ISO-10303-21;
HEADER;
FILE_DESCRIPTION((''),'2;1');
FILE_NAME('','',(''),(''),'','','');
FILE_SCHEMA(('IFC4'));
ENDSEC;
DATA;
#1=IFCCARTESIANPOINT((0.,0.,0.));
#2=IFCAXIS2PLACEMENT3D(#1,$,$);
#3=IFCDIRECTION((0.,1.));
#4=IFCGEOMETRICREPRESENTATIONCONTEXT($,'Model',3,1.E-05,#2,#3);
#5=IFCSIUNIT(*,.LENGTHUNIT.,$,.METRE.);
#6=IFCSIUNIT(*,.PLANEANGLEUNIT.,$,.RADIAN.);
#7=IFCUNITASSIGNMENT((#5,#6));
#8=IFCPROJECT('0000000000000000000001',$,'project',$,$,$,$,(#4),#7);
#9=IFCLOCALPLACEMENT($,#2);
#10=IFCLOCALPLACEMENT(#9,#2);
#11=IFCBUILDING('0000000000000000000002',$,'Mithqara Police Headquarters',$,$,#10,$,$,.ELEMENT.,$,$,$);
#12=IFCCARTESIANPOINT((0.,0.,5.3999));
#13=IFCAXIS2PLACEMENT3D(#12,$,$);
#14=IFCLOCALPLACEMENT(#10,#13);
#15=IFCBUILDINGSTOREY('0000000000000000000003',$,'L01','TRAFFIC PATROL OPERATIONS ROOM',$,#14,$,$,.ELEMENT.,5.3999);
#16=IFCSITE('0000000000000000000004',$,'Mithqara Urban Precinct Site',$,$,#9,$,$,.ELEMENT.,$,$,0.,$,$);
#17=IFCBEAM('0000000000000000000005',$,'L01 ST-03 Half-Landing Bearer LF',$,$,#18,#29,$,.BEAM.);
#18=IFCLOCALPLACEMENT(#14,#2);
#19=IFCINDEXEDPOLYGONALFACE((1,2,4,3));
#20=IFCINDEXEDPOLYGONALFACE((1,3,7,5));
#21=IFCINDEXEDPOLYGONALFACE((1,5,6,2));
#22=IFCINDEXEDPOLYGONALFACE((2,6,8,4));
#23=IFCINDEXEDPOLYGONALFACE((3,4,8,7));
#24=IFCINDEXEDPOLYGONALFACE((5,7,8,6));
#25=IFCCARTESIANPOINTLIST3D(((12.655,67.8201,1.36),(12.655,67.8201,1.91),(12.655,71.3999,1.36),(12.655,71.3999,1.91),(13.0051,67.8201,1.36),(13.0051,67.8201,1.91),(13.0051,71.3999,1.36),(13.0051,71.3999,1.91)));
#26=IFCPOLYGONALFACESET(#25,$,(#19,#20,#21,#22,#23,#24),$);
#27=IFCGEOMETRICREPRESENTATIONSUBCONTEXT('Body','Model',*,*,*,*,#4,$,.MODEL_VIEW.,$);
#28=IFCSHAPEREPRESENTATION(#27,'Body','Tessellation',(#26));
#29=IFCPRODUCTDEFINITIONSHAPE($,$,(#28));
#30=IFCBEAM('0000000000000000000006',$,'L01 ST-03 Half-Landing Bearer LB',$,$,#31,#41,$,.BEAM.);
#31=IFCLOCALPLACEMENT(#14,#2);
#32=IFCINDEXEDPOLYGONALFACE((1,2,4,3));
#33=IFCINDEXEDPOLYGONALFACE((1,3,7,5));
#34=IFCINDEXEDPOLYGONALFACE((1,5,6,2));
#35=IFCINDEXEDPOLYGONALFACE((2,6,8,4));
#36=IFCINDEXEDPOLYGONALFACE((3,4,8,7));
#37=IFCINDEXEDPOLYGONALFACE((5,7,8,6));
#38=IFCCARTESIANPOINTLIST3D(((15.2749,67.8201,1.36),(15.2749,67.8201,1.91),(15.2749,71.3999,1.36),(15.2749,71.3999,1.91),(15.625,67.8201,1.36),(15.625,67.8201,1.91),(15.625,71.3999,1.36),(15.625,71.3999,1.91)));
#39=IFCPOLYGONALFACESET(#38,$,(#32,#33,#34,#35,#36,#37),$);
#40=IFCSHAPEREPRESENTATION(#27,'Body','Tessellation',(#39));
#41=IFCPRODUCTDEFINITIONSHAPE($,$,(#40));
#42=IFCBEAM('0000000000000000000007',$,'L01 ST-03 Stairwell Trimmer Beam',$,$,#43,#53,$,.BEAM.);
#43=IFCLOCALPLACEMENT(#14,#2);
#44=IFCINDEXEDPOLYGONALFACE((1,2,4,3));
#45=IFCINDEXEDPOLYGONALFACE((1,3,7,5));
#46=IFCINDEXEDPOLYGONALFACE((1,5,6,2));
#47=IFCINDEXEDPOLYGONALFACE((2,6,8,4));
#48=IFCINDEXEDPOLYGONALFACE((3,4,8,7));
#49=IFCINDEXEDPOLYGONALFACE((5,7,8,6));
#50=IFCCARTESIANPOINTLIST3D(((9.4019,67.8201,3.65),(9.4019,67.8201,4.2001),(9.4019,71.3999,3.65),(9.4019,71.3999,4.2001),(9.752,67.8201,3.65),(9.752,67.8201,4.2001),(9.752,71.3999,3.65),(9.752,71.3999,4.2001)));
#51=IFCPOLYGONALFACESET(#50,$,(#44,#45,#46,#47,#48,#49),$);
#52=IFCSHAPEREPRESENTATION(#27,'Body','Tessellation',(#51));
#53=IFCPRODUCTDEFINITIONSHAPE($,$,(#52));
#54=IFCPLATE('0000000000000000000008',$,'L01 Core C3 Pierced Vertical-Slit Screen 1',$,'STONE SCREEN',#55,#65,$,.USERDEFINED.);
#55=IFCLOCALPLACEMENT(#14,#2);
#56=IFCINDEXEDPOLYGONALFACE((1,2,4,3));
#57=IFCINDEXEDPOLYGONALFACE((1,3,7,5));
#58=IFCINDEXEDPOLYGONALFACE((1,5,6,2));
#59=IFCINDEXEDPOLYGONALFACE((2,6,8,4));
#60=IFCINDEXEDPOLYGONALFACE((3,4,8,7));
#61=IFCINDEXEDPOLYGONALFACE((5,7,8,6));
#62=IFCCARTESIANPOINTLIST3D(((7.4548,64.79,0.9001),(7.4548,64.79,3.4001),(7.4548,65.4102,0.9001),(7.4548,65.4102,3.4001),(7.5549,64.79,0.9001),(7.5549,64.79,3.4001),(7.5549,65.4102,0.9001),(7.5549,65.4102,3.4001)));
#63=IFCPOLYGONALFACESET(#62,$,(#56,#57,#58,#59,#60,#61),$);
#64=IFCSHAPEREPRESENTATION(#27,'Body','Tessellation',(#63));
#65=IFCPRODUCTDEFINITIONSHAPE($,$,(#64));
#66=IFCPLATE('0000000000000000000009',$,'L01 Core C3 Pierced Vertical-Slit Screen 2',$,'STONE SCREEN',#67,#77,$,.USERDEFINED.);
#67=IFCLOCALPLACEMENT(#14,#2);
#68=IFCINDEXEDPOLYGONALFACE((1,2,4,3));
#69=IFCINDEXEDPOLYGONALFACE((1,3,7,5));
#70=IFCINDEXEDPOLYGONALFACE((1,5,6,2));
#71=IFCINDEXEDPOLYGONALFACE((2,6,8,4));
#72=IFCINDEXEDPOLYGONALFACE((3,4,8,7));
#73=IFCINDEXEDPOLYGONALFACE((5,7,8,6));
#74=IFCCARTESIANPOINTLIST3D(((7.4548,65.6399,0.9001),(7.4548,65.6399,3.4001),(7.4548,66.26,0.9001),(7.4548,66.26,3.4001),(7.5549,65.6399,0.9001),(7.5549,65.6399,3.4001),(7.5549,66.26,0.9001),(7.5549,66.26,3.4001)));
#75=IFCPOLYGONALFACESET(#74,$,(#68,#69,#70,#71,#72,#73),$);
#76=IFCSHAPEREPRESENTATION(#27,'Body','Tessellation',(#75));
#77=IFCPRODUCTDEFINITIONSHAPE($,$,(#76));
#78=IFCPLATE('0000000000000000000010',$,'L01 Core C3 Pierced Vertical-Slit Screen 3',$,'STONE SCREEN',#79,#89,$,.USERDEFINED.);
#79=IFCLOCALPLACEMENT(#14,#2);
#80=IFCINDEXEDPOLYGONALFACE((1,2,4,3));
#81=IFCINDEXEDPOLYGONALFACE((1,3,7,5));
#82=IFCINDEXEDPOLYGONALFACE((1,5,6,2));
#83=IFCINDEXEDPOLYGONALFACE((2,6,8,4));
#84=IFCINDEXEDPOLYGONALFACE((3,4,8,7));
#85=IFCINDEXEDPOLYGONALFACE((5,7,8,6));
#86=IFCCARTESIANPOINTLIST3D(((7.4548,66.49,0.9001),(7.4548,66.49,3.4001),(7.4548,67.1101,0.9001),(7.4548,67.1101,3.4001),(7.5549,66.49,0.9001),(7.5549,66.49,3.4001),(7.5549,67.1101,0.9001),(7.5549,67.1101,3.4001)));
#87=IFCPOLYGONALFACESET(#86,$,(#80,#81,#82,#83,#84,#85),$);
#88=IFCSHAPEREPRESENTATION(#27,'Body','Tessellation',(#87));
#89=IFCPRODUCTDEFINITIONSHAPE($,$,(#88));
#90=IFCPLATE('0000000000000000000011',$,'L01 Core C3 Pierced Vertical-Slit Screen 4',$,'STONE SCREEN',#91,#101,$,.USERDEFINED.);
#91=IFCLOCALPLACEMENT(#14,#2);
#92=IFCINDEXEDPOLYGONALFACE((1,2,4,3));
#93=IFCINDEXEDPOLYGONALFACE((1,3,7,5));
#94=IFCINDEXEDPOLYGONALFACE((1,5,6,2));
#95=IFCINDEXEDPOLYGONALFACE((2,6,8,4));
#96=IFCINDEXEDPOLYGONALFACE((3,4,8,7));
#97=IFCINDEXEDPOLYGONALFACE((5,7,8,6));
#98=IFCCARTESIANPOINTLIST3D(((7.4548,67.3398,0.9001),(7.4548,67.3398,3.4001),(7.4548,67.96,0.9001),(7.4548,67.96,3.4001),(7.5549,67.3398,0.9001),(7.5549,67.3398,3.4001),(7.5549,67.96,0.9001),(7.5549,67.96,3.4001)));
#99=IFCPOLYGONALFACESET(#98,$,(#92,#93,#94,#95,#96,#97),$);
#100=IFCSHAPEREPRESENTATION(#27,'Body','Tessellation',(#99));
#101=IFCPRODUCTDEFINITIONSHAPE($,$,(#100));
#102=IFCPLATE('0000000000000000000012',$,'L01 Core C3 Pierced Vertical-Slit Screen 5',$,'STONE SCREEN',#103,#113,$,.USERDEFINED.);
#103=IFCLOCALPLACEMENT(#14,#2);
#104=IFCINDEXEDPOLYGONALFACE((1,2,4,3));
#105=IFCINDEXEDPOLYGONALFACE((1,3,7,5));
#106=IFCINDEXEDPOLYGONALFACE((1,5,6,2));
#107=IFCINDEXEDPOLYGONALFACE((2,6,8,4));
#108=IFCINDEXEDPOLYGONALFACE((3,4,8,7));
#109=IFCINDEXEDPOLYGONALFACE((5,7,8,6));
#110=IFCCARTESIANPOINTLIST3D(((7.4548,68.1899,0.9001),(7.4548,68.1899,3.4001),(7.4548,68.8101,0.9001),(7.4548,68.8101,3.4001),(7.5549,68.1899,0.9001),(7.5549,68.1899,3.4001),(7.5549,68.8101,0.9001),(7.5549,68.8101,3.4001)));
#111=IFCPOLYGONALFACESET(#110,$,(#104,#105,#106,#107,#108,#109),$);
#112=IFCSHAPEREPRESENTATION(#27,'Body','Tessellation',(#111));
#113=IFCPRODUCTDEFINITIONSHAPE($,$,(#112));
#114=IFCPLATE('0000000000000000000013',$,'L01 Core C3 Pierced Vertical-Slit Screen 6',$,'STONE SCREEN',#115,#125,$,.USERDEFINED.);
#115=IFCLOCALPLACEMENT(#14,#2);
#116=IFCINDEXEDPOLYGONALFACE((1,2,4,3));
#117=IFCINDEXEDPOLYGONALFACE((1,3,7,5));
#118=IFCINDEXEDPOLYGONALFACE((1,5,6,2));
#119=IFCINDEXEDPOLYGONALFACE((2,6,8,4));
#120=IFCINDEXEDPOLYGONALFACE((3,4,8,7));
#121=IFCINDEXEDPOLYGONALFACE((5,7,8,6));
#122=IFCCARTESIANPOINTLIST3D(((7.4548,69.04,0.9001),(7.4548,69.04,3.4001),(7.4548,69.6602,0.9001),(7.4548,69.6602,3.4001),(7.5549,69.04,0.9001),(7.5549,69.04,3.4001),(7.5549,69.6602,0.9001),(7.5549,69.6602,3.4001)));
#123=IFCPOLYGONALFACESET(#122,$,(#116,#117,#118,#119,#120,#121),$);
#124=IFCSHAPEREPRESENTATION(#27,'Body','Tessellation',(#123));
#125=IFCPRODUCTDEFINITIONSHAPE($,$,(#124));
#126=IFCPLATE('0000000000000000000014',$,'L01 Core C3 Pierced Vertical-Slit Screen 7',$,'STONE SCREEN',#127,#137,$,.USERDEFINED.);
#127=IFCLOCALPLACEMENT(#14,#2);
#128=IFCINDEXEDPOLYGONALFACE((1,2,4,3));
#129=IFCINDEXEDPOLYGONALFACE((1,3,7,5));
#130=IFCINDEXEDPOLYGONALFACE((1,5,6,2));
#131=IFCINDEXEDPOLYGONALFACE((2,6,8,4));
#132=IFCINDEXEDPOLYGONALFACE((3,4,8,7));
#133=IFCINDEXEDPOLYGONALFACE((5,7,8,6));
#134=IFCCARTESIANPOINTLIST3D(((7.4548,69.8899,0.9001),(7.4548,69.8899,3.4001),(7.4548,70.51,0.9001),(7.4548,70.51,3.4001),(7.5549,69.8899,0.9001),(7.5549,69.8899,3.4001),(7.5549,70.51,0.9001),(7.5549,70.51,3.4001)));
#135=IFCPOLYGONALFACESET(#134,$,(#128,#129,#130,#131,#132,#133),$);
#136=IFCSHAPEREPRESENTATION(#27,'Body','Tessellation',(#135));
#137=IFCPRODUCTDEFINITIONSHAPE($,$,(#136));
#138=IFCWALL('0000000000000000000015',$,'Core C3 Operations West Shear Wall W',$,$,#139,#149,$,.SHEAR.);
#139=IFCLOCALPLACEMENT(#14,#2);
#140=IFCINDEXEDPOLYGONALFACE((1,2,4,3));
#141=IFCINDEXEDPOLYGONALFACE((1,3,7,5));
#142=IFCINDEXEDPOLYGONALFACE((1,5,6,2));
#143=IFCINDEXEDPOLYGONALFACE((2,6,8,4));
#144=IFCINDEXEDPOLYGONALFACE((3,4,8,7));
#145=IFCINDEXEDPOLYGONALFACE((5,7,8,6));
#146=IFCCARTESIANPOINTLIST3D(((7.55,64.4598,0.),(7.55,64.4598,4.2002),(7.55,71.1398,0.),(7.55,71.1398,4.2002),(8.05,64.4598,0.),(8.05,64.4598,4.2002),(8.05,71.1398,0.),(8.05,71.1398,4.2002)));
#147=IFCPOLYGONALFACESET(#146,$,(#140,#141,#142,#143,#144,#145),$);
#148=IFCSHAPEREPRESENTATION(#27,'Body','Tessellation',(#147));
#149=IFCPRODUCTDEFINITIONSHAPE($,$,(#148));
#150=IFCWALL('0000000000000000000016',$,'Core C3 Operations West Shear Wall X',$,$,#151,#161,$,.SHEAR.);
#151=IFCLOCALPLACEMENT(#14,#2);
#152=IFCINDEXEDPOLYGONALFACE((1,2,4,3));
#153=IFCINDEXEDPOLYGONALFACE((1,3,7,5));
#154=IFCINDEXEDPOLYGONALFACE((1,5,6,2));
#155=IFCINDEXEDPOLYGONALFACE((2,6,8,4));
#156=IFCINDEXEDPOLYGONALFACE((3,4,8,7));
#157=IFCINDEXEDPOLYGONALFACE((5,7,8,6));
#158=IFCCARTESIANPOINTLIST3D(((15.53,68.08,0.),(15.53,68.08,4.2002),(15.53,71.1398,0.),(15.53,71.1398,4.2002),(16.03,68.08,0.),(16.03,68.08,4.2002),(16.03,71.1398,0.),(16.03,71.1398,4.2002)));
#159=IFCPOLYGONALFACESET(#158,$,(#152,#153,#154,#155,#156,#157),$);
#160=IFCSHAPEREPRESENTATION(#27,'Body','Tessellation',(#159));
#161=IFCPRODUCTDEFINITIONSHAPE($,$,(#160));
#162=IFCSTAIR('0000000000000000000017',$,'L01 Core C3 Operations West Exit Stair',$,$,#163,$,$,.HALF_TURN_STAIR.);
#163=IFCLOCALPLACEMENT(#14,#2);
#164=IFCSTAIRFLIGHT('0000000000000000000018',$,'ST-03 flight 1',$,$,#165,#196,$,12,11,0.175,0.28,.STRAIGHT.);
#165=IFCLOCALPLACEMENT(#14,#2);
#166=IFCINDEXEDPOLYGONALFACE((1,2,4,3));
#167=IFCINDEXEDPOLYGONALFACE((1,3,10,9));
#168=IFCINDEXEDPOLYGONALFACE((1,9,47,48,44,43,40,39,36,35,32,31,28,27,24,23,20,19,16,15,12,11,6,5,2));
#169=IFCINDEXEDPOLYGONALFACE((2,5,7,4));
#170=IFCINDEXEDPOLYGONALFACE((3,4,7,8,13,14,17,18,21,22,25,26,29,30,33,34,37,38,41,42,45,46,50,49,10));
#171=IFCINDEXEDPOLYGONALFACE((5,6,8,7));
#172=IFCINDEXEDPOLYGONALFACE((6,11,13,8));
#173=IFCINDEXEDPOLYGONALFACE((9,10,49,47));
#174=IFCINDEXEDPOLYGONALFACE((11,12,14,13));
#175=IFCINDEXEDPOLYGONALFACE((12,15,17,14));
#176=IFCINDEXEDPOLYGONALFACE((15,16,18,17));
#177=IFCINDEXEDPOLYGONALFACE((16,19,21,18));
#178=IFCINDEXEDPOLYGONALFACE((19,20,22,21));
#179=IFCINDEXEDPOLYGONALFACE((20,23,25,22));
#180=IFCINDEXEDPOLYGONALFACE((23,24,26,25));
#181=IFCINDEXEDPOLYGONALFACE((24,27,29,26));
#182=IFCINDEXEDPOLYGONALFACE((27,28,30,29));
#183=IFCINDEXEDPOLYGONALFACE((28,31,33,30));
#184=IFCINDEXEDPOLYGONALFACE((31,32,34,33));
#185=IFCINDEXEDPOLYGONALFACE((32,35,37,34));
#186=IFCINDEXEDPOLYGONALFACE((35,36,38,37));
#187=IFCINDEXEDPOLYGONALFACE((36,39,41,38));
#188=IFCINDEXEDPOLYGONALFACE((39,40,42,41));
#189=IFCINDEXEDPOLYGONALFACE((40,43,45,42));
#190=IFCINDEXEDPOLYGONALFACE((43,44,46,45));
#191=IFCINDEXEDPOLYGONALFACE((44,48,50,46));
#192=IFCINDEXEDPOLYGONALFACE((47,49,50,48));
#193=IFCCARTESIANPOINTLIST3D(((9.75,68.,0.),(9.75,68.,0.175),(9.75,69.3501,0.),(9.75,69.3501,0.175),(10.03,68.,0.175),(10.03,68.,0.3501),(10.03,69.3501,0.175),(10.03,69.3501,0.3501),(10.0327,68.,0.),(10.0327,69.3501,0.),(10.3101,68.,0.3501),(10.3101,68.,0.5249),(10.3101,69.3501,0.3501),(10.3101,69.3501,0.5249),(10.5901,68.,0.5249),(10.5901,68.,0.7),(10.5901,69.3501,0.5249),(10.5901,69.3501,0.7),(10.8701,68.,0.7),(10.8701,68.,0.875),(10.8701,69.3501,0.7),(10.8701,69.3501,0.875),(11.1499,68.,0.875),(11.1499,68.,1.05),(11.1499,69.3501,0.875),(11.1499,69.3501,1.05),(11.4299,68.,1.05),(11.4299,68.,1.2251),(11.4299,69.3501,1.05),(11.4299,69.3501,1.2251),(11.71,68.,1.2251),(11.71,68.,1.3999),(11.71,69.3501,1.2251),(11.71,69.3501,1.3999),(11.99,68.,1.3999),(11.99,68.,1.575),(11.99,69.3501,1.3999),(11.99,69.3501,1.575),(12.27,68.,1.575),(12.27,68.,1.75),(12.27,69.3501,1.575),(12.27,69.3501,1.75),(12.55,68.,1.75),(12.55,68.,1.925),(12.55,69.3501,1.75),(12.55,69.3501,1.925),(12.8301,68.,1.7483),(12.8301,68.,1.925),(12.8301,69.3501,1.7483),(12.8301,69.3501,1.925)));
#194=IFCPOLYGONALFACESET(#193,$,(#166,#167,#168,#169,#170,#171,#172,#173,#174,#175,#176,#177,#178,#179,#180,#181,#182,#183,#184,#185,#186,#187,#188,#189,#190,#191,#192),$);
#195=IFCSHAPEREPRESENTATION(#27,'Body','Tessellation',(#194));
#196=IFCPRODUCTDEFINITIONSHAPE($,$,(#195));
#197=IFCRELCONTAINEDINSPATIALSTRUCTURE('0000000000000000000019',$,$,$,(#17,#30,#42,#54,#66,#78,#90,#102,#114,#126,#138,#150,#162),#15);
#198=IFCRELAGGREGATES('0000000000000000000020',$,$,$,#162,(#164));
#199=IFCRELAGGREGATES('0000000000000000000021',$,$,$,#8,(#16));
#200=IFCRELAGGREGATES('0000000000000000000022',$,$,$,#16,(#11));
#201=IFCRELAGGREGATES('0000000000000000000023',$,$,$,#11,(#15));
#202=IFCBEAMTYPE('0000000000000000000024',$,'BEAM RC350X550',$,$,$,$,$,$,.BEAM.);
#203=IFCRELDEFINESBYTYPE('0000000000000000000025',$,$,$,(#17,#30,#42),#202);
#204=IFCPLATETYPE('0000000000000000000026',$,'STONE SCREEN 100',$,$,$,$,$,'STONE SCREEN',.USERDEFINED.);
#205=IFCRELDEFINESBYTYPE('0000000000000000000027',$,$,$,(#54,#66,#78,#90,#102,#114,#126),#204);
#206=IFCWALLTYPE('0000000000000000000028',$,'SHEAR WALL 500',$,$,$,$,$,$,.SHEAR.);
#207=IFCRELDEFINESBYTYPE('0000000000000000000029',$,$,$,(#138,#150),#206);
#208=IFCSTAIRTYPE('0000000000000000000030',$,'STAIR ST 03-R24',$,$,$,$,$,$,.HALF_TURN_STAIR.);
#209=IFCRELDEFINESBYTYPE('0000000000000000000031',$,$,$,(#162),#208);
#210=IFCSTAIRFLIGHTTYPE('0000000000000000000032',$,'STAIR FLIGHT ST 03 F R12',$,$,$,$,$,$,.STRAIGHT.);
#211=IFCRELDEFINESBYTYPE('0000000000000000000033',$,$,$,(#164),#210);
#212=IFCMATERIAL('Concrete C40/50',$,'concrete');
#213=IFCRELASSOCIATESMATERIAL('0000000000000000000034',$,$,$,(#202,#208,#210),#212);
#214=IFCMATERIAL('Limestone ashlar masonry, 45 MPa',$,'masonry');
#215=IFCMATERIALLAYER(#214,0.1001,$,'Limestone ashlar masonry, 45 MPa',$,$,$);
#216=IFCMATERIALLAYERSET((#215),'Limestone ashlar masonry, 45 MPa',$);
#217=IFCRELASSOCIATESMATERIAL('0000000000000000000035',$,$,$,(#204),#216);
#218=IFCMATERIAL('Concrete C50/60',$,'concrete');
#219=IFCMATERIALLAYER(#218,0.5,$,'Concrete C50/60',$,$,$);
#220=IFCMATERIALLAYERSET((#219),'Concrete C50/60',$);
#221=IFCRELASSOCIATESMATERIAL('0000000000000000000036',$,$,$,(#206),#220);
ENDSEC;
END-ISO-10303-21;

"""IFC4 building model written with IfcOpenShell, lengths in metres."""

from ifc_helpers import new_model, si_unit, direction, frame, frame_2d, origin, origin_2d, place, context, subcontext, project, spatial, polyline, rectangle, outline, extrude, material, layer, layer_set, material_profile, profile_set, type_object, element, aggregate, save


model = new_model("IFC4")

# Units and contexts
model_context = context("Model", 3, precision=1e-05, world=origin(), true_north=direction((0.0, 1.0)))
body_context = subcontext(model_context, "Body", "Model", "MODEL_VIEW")
ifc_project = project(units=[si_unit("LENGTHUNIT", "METRE"), si_unit("PLANEANGLEUNIT", "RADIAN")], contexts=[model_context])

# Site, building, storey
site_placement = place(None, origin())
site = spatial("IfcSite", under=ifc_project, at=site_placement, Name="Mithqara Urban Precinct Site", CompositionType="ELEMENT", RefElevation=0.0)
building_placement = place(site_placement, origin())
building = spatial("IfcBuilding", under=site, at=building_placement, Name="Mithqara Police Headquarters", CompositionType="ELEMENT")
storey_placement = place(building_placement, frame((0.0, 0.0, 5.3999)))
storey = spatial("IfcBuildingStorey", under=building, at=storey_placement, Name="L01", Description="TRAFFIC PATROL OPERATIONS ROOM", CompositionType="ELEMENT", Elevation=5.3999)

# Beams
ifc_material_1 = material(Name="Concrete C40/50", Category="concrete")
ifc_material_profile = material_profile(ifc_material_1, rectangle(XDim=0.3501, YDim=0.55, at=origin_2d()), Name="RC 350x550")
ifc_profile_set = profile_set([ifc_material_profile], Name="Concrete C40/50")
beam_type = type_object("IfcBeamType", Name="BEAM RC350X550", PredefinedType="BEAM", material=ifc_profile_set)
for number, where, z_axis, x_axis, name in (
    (1, (12.8301, 67.8201, 1.635), (0.0, 1.0, 0.0), (-1.0, 0.0, 0.0), "L01 ST-03 Half-Landing Bearer LF"),
    (2, (15.45, 67.8201, 1.635), (0.0, 1.0, 0.0), (-1.0, 0.0, 0.0), "L01 ST-03 Half-Landing Bearer LB"),
    (3, (9.5769, 67.8201, 3.925), (0.0, 1.0, 0.0), (-1.0, 0.0, 0.0), "L01 ST-03 Stairwell Trimmer Beam"),
):
    element("IfcBeam", number, at=place(storey_placement, frame(where, z_axis=z_axis, x_axis=x_axis)), inside=storey, type_object=beam_type, Name=name, PredefinedType="BEAM", context=body_context, shape_type="SweptSolid", body=[
        extrude(rectangle(XDim=0.3501, YDim=0.55, at=origin_2d()), origin(), (0.0, 0.0, 1.0), 3.5798),
    ])

# Plates
ifc_material_2 = material(Name="Limestone ashlar masonry, 45 MPa", Category="masonry")
ifc_layer_1 = layer(ifc_material_2, 0.1001, Name="Limestone ashlar masonry, 45 MPa")
ifc_layer_set_1 = layer_set([ifc_layer_1], Name="Limestone ashlar masonry, 45 MPa")
plate_type = type_object("IfcPlateType", Name="STONE SCREEN 100", ElementType="STONE SCREEN", PredefinedType="USERDEFINED", material=ifc_layer_set_1)
for number, where, z_axis, x_axis, name in (
    (4, (7.5049, 65.1001, 0.9001), (0.0, 0.0, 1.0), (0.0, 1.0, 0.0), "L01 Core C3 Pierced Vertical-Slit Screen 1"),
    (5, (7.5049, 65.95, 0.9001), (0.0, 0.0, 1.0), (0.0, 1.0, 0.0), "L01 Core C3 Pierced Vertical-Slit Screen 2"),
    (6, (7.5049, 66.8, 0.9001), (0.0, 0.0, 1.0), (0.0, 1.0, 0.0), "L01 Core C3 Pierced Vertical-Slit Screen 3"),
    (7, (7.5049, 67.6499, 0.9001), (0.0, 0.0, 1.0), (0.0, 1.0, 0.0), "L01 Core C3 Pierced Vertical-Slit Screen 4"),
    (8, (7.5049, 68.5, 0.9001), (0.0, 0.0, 1.0), (0.0, 1.0, 0.0), "L01 Core C3 Pierced Vertical-Slit Screen 5"),
    (9, (7.5049, 69.3501, 0.9001), (0.0, 0.0, 1.0), (0.0, 1.0, 0.0), "L01 Core C3 Pierced Vertical-Slit Screen 6"),
    (10, (7.5049, 70.2, 0.9001), (0.0, 0.0, 1.0), (0.0, 1.0, 0.0), "L01 Core C3 Pierced Vertical-Slit Screen 7"),
):
    element("IfcPlate", number, at=place(storey_placement, frame(where, z_axis=z_axis, x_axis=x_axis)), inside=storey, type_object=plate_type, Name=name, ObjectType="STONE SCREEN", PredefinedType="USERDEFINED", context=body_context, shape_type="SweptSolid", body=[
        extrude(rectangle(XDim=0.6201, YDim=0.1001, at=origin_2d()), origin(), (0.0, 0.0, 1.0), 2.5),
    ])

# Wall
ifc_material_3 = material(Name="Concrete C50/60", Category="concrete")
ifc_layer_2 = layer(ifc_material_3, 0.5, Name="Concrete C50/60")
ifc_layer_set_2 = layer_set([ifc_layer_2], Name="Concrete C50/60")
wall_type = type_object("IfcWallType", Name="SHEAR WALL 500", PredefinedType="SHEAR", material=ifc_layer_set_2)
wall_1_placement = place(storey_placement, frame((7.8, 64.46, 0.0), z_axis=(0.0, 0.0, 1.0), x_axis=(0.0, 1.0, 0.0)))
element("IfcWall", 11, at=wall_1_placement, inside=storey, type_object=wall_type, Name="Core C3 Operations West Shear Wall W", PredefinedType="SHEAR", context=body_context, shape_type="SweptSolid", body=[
    extrude(rectangle(XDim=6.6799, YDim=0.5, at=frame_2d((3.3398, 0.0))), origin(), (0.0, 0.0, 1.0), 4.2002),
])

# Wall
wall_2_placement = place(storey_placement, frame((15.78, 68.0801, 0.0), z_axis=(0.0, 0.0, 1.0), x_axis=(0.0, 1.0, 0.0)))
element("IfcWall", 12, at=wall_2_placement, inside=storey, type_object=wall_type, Name="Core C3 Operations West Shear Wall X", PredefinedType="SHEAR", context=body_context, shape_type="SweptSolid", body=[
    extrude(rectangle(XDim=3.0598, YDim=0.5, at=frame_2d((1.5298, 0.0))), origin(), (0.0, 0.0, 1.0), 4.2002),
])

# Stair, stair flight
stair_type = type_object("IfcStairType", Name="STAIR ST 03-R24", PredefinedType="HALF_TURN_STAIR", material=ifc_material_1)
stair_placement = place(storey_placement, origin())
stair = element("IfcStair", 13, at=stair_placement, inside=storey, type_object=stair_type, Name="L01 Core C3 Operations West Exit Stair", PredefinedType="HALF_TURN_STAIR")
stair_flight_type = type_object("IfcStairFlightType", Name="STAIR FLIGHT ST 03 F R12", PredefinedType="STRAIGHT", material=ifc_material_1)
stair_flight_1_placement = place(storey_placement, frame((9.75, 68.675, 0.0), z_axis=(0.0, 0.0, 1.0), x_axis=(1.0, 0.0, 0.0)))
stair_flight_1 = element("IfcStairFlight", 14, at=stair_flight_1_placement, type_object=stair_flight_type, Name="ST-03 flight 1", NumberOfRisers=12, NumberOfTreads=11, PredefinedType="STRAIGHT", RiserHeight=0.175, TreadLength=0.28, context=body_context, shape_type="SweptSolid", body=[
    extrude(outline(polyline([(0.0, 0.0), (0.0, 0.175), (0.28, 0.175), (0.28, 0.3501), (0.5601, 0.3501), (0.5601, 0.5249), (0.8401, 0.5249), (0.8401, 0.7), (1.1201, 0.7), (1.1201, 0.875), (1.3999, 0.875), (1.3999, 1.05), (1.6799, 1.05), (1.6799, 1.2251), (1.96, 1.2251), (1.96, 1.3999), (2.24, 1.3999), (2.24, 1.575), (2.52, 1.575), (2.52, 1.75), (2.8, 1.75), (2.8, 1.925), (3.0801, 1.925), (3.0801, 2.1001), (3.0801, 1.7483), (0.2827, 0.0), (0.0, 0.0)])), frame((0.0, 0.675, 0.0), z_axis=(0.0, -1.0, 0.0), x_axis=(1.0, 0.0, 0.0)), (0.0, 0.0, 1.0), 1.3501),
])
aggregate(stair, [stair_flight_1])

save(model, "model.ifc")
